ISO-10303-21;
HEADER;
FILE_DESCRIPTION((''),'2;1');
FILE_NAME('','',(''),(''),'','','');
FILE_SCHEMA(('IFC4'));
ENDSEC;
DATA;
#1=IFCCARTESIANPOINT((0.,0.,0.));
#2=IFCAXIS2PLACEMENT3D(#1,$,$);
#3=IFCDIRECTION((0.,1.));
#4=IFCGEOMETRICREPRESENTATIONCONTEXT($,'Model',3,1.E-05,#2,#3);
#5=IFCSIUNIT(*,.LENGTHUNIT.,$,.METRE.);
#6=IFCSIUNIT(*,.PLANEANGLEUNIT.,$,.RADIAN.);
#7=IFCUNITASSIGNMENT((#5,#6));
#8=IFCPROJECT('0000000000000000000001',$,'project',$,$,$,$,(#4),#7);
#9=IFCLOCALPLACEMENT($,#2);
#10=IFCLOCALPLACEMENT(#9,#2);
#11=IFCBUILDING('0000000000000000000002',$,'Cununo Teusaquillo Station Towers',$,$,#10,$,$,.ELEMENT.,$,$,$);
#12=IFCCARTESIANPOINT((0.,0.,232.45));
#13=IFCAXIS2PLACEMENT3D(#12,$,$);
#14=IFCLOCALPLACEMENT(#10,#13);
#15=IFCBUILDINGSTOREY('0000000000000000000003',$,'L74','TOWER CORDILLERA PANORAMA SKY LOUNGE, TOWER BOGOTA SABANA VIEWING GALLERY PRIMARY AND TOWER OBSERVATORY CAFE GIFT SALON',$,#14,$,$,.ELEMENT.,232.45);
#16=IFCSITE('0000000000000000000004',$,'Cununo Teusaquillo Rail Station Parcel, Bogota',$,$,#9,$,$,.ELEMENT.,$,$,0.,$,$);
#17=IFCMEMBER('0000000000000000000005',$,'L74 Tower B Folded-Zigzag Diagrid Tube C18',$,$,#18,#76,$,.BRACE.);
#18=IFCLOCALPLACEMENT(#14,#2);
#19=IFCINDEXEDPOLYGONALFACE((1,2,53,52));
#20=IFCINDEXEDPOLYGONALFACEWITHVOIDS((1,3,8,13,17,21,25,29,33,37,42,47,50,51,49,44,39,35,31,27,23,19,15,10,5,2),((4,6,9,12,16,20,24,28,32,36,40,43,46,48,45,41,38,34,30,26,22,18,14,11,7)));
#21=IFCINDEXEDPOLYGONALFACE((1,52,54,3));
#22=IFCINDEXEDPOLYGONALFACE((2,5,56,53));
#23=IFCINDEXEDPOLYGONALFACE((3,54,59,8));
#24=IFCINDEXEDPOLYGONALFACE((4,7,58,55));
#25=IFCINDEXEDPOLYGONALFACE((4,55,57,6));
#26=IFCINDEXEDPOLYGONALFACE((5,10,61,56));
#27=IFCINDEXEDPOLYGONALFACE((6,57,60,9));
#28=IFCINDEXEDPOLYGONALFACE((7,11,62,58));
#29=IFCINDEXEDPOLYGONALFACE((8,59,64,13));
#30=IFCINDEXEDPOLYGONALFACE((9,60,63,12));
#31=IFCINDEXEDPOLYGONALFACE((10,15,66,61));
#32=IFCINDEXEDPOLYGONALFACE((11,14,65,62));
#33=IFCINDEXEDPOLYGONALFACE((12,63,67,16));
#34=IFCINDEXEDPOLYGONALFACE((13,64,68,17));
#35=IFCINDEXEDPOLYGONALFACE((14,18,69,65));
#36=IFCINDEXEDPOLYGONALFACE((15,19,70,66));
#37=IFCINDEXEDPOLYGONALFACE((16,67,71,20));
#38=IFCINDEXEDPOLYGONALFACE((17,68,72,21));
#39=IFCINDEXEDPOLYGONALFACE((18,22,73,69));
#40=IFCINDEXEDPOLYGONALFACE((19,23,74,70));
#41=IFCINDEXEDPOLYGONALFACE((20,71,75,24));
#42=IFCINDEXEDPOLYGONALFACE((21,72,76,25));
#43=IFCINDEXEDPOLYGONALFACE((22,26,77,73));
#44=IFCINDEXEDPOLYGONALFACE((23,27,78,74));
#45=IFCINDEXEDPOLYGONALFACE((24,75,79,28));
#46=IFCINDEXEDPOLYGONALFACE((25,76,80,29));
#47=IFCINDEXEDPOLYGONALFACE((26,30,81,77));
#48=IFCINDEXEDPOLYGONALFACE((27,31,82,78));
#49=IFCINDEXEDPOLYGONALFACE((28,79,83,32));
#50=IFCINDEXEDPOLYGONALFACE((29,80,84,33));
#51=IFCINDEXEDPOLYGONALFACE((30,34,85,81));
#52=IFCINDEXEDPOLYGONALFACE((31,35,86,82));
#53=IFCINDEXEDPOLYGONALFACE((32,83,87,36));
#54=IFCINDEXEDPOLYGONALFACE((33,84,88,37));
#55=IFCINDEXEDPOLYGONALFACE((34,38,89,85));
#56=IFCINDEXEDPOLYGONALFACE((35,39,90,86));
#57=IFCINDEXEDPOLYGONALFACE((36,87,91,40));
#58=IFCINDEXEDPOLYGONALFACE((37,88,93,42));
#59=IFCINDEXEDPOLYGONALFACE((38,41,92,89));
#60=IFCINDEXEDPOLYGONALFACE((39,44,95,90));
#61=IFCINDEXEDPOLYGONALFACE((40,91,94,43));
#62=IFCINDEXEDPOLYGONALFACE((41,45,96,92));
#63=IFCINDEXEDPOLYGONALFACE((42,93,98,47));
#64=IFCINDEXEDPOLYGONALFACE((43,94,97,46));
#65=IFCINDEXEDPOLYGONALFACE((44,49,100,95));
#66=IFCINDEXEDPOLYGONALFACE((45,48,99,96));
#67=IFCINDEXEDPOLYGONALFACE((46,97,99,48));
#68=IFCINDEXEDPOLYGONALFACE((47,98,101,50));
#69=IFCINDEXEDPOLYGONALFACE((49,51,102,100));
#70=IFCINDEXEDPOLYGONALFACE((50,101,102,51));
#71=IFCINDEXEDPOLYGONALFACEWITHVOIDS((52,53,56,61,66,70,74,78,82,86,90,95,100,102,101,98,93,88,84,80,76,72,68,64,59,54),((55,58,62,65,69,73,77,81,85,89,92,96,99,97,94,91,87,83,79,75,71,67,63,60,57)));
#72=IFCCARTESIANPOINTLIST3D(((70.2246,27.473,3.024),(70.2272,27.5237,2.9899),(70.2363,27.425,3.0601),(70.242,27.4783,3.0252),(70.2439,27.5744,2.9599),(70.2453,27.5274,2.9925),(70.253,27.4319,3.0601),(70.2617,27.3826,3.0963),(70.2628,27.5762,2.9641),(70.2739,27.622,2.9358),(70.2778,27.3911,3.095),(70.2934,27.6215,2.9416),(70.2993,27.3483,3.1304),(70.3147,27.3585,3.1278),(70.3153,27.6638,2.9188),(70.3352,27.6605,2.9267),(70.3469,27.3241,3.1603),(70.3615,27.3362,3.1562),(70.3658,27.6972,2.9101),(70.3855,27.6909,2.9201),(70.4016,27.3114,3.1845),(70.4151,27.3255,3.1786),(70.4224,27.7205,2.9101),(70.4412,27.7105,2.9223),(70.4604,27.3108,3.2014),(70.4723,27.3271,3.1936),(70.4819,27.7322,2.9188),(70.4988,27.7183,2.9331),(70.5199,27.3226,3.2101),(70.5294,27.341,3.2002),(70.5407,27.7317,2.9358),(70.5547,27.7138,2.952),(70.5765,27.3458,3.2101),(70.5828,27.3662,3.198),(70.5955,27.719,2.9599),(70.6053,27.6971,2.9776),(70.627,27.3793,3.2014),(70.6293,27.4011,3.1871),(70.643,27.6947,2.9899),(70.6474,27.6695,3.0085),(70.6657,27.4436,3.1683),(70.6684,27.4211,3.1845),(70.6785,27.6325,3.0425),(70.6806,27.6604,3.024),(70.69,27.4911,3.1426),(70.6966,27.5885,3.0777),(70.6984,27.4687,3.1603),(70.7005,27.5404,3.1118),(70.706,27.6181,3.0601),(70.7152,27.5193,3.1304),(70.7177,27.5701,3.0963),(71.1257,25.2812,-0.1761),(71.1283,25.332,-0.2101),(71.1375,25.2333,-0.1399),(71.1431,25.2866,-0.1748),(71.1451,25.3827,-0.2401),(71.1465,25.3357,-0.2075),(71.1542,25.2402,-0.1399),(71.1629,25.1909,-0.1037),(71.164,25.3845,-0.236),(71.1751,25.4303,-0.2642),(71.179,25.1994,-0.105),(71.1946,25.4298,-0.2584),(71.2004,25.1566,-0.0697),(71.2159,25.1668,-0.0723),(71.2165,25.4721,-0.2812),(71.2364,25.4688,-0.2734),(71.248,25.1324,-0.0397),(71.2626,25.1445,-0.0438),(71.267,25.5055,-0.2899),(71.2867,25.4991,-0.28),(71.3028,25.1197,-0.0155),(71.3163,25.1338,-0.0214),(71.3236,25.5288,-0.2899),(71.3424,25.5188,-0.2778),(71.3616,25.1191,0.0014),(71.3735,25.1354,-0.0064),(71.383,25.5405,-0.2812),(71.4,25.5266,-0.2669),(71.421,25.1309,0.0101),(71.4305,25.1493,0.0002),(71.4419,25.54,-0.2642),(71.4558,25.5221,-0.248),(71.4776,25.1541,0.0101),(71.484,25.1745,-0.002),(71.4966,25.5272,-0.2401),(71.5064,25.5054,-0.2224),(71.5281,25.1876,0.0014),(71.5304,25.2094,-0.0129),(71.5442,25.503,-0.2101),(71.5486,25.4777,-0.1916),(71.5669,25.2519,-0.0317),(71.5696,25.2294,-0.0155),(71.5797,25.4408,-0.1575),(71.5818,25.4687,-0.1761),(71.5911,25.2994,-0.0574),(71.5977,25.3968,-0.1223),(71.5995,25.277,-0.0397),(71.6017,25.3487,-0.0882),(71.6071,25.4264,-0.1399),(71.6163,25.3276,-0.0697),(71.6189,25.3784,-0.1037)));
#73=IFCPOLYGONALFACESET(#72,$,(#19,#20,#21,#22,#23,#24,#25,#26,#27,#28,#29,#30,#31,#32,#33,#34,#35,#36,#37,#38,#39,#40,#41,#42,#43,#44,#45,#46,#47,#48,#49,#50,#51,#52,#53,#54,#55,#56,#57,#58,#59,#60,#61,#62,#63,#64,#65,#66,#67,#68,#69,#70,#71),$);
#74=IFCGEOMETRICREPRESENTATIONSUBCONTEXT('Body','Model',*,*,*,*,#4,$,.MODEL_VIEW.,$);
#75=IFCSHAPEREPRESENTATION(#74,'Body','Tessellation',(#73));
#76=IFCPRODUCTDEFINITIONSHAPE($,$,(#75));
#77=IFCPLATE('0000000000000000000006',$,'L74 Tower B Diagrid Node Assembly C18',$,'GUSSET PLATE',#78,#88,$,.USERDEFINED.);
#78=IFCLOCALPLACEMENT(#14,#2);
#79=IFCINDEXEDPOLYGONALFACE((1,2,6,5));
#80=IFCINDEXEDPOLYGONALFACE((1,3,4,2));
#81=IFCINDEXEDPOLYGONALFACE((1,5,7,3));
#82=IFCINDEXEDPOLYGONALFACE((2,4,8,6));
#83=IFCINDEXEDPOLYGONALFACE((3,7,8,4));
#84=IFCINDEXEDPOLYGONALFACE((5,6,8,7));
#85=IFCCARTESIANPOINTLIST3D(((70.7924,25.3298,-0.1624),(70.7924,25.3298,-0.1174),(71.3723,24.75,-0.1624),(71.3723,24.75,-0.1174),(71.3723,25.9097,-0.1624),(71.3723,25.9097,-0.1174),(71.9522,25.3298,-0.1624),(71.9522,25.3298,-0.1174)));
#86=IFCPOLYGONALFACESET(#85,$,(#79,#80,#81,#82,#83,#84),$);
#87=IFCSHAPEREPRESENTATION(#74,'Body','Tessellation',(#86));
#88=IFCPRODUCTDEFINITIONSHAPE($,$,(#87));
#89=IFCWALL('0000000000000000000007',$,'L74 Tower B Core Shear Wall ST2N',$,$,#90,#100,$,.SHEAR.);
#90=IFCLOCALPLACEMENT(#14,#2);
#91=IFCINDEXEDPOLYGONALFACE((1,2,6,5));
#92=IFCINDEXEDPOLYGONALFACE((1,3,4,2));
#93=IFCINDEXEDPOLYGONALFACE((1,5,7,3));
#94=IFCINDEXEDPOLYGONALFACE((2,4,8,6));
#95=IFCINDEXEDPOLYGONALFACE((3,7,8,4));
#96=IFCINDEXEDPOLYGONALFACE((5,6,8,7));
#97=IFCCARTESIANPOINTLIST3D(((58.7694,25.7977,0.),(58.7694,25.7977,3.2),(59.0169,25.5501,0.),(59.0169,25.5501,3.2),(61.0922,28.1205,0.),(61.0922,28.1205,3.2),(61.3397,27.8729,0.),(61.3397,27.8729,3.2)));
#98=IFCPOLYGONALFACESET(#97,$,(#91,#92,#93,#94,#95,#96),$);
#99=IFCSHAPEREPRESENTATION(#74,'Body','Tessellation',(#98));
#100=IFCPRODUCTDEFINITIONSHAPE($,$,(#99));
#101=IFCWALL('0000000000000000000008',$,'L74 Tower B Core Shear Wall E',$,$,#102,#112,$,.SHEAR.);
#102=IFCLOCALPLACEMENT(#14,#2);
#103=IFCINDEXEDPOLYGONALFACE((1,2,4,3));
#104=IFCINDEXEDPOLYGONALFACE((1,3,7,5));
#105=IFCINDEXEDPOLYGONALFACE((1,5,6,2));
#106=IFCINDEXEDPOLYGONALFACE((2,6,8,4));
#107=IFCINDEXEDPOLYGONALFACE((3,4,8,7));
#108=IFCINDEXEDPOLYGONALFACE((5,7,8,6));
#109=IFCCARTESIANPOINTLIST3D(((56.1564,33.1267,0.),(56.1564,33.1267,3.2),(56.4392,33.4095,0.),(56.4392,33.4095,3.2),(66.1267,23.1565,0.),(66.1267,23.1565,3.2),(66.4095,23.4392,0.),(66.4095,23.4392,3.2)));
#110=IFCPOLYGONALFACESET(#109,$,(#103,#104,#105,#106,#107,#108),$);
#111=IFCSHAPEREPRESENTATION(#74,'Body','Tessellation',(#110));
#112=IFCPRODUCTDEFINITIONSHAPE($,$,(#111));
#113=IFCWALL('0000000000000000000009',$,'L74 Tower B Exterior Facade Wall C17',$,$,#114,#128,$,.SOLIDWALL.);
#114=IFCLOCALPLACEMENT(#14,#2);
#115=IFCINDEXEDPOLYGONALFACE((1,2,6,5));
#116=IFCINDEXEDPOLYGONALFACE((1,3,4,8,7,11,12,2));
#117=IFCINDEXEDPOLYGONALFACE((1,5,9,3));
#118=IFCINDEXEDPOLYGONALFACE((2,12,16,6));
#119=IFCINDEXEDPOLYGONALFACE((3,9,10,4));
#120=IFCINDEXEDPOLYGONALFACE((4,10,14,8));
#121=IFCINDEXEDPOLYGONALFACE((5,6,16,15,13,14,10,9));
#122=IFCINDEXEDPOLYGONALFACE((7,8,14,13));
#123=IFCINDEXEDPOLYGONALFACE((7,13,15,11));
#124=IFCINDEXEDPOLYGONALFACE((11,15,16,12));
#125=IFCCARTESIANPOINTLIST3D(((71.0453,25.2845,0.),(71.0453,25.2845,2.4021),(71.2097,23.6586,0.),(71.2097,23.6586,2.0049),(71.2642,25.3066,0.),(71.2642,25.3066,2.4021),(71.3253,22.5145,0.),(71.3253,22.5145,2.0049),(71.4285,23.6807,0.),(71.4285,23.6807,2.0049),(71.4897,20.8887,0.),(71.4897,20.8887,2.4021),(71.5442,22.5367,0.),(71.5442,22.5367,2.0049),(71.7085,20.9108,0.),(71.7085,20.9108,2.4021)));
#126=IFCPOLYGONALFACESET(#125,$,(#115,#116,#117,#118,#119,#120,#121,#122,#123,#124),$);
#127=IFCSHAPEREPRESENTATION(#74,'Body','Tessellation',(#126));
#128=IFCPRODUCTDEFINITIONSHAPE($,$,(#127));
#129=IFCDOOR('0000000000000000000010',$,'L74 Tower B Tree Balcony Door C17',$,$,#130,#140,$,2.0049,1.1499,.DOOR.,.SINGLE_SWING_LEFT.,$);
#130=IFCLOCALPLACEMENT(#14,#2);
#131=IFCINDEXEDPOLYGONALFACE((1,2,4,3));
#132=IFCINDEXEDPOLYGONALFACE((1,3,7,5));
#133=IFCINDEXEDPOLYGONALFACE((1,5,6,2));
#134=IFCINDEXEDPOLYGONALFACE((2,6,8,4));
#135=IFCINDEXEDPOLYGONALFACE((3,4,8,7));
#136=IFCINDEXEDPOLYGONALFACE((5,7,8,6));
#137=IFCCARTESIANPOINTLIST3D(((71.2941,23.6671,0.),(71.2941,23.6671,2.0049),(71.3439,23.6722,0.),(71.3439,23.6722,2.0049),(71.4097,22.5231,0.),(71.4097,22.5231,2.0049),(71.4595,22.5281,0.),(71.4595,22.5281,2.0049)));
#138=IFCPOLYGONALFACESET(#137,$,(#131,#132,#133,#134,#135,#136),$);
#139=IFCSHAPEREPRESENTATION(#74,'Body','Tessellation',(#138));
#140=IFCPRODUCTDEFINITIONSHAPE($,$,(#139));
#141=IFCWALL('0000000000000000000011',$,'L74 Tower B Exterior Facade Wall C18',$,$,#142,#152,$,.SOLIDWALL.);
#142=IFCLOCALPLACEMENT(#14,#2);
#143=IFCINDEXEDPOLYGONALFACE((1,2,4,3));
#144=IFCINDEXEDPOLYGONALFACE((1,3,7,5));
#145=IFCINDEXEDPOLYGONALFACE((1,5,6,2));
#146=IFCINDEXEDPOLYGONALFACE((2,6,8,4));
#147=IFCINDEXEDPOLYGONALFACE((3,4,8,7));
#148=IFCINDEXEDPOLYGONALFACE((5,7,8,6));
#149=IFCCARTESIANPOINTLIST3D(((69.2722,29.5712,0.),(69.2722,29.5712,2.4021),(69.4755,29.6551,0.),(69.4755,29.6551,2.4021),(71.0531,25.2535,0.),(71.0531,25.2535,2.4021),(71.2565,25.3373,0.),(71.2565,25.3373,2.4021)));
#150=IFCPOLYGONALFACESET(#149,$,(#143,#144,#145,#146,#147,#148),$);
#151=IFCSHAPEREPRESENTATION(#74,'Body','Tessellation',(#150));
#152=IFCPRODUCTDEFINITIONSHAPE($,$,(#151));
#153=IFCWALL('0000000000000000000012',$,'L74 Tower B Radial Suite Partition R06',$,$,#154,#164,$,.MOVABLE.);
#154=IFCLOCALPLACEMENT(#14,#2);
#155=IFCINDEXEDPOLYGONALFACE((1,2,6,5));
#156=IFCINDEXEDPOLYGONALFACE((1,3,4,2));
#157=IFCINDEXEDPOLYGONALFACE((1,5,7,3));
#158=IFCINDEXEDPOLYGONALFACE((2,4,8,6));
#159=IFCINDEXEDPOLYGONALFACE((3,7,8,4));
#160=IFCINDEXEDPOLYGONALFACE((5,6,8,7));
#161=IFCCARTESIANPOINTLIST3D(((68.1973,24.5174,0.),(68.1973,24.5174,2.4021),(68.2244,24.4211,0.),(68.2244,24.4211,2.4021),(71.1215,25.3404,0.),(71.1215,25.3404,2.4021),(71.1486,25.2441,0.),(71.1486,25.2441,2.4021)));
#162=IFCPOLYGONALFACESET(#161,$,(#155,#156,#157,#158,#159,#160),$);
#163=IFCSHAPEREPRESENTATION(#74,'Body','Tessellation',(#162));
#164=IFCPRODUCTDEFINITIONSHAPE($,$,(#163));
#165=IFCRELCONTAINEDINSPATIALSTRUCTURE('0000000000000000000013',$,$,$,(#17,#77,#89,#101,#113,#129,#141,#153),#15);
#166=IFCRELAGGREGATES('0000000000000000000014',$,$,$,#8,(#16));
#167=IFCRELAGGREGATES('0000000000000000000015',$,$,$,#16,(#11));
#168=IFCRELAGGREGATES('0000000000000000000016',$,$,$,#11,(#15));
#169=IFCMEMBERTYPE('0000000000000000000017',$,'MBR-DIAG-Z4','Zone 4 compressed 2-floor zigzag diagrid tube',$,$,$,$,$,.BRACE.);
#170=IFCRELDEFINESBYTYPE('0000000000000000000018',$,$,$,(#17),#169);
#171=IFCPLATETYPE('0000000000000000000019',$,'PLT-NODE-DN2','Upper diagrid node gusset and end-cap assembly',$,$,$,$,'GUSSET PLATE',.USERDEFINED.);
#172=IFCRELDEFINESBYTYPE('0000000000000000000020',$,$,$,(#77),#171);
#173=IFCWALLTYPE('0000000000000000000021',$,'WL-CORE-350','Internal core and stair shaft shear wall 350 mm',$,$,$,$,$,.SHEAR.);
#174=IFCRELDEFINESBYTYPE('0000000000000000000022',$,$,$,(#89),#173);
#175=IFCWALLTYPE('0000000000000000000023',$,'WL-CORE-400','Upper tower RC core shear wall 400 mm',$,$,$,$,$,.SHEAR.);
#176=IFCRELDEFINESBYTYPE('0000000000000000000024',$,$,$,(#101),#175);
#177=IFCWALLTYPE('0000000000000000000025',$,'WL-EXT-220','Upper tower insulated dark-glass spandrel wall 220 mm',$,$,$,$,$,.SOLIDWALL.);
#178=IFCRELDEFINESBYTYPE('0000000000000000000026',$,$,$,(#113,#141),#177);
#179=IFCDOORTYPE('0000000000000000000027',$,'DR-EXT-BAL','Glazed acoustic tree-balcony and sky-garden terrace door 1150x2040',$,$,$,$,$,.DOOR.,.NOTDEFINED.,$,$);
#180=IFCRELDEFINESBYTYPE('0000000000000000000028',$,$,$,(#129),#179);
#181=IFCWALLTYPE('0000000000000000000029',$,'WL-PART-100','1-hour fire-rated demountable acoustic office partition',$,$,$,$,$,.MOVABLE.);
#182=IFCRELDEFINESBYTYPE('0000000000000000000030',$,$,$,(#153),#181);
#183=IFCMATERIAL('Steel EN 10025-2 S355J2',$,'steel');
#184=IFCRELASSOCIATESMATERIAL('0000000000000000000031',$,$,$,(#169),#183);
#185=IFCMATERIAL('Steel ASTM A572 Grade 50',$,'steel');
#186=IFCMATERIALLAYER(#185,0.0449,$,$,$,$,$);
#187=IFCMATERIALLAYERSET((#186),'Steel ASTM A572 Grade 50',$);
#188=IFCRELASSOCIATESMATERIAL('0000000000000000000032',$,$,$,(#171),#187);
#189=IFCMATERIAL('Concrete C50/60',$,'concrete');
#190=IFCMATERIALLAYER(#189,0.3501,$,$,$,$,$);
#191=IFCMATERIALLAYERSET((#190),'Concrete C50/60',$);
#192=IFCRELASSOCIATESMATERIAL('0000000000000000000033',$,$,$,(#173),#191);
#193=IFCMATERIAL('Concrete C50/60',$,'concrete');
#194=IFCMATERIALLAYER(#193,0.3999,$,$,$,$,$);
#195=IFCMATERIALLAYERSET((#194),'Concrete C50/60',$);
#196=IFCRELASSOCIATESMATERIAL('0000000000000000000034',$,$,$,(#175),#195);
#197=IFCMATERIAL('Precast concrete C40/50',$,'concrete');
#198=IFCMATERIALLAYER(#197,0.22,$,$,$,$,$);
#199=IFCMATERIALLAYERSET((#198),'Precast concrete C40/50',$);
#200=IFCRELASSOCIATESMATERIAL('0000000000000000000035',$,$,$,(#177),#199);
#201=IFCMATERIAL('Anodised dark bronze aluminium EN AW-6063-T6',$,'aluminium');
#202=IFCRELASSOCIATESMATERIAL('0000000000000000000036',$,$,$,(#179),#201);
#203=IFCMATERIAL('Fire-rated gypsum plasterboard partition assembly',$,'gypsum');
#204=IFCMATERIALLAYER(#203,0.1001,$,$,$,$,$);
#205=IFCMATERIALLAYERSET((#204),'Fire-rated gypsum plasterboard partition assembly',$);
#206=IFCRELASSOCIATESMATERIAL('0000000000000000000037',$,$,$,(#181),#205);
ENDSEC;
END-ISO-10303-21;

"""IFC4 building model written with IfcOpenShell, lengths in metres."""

from ifc_helpers import new_model, si_unit, direction, frame, frame_2d, origin, origin_2d, place, context, subcontext, project, spatial, rectangle, hollow_circle, extrude, source, transform, mapped, material, layer, layer_set, material_profile, profile_set, type_object, element, fill, save


model = new_model("IFC4")

# Units and contexts
model_context = context("Model", 3, precision=1e-05, world=origin(), true_north=direction((0.0, 1.0)))
body_context = subcontext(model_context, "Body", "Model", "MODEL_VIEW")
ifc_project = project(units=[si_unit("LENGTHUNIT", "METRE"), si_unit("PLANEANGLEUNIT", "RADIAN")], contexts=[model_context])

# Site, building, storey
site_placement = place(None, origin())
site = spatial("IfcSite", under=ifc_project, at=site_placement, Name="Cununo Teusaquillo Rail Station Parcel, Bogota", CompositionType="ELEMENT", RefElevation=0.0)
building_placement = place(site_placement, origin())
building = spatial("IfcBuilding", under=site, at=building_placement, Name="Cununo Teusaquillo Station Towers", CompositionType="ELEMENT")
storey_placement = place(building_placement, frame((0.0, 0.0, 232.45)))
storey = spatial("IfcBuildingStorey", under=building, at=storey_placement, Name="L74", Description="TOWER CORDILLERA PANORAMA SKY LOUNGE, TOWER BOGOTA SABANA VIEWING GALLERY PRIMARY AND TOWER OBSERVATORY CAFE GIFT SALON", CompositionType="ELEMENT", Elevation=232.45)

# Member
ifc_material_1 = material(Name="Steel EN 10025-2 S355J2", Category="steel")
ifc_material_profile_1 = material_profile(ifc_material_1, hollow_circle(Radius=0.2539, WallThickness=0.0181, at=origin_2d()), Name="CHS 508x18")
ifc_profile_set_1 = profile_set([ifc_material_profile_1], Name="Steel EN 10025-2 S355J2")
member_type = type_object("IfcMemberType", Name="MBR-DIAG-Z4", Description="Zone 4 compressed 2-floor zigzag diagrid tube", PredefinedType="BRACE", material=ifc_profile_set_1)
member_placement = place(storey_placement, frame((71.3723, 25.3298, -0.1399), z_axis=(-0.226308, 0.550412, 0.803637), x_axis=(-0.924874, -0.380273, 0.0)))
element("IfcMember", 1, at=member_placement, inside=storey, type_object=member_type, Name="L74 Tower B Folded-Zigzag Diagrid Tube C18", PredefinedType="BRACE", context=body_context, shape_type="SweptSolid", body=[
    extrude(hollow_circle(Radius=0.2539, WallThickness=0.0181, at=origin_2d()), origin(), (0.0, 0.0, 1.0), 3.9819),
])

# Plate
ifc_material_2 = material(Name="Steel ASTM A572 Grade 50", Category="steel")
ifc_layer_1 = layer(ifc_material_2, 0.0449)
ifc_layer_set_1 = layer_set([ifc_layer_1], Name="Steel ASTM A572 Grade 50")
plate_type = type_object("IfcPlateType", Name="PLT-NODE-DN2", Description="Upper diagrid node gusset and end-cap assembly", ElementType="GUSSET PLATE", PredefinedType="USERDEFINED", material=ifc_layer_set_1)
shared_shape_1 = source(origin(), body_context, "Body", "SweptSolid", [
    extrude(rectangle(XDim=0.8201, YDim=0.8201, at=origin_2d()), origin(), (0.0, 0.0, 1.0), 0.0449),
])
plate_placement = place(storey_placement, frame((71.3723, 25.3298, -0.1624), z_axis=(0.0, 0.0, 1.0), x_axis=(0.707107, 0.707107, 0.0)))
element("IfcPlate", 2, at=plate_placement, inside=storey, type_object=plate_type, Name="L74 Tower B Diagrid Node Assembly C18", ObjectType="GUSSET PLATE", PredefinedType="USERDEFINED", context=body_context, shape_type="MappedRepresentation", body=[
    mapped(shared_shape_1, transform((0.0, 0.0, 0.0), x_axis=(1.0, 0.0, 0.0), y_axis=(0.0, 1.0, 0.0), z_axis=(0.0, 0.0, 1.0), scale=1.0)),
])

# Walls
ifc_material_3 = material(Name="Concrete C50/60", Category="concrete")
ifc_layer_2 = layer(ifc_material_3, 0.3501)
ifc_layer_set_2 = layer_set([ifc_layer_2], Name="Concrete C50/60")
wall_type_1 = type_object("IfcWallType", Name="WL-CORE-350", Description="Internal core and stair shaft shear wall 350 mm", PredefinedType="SHEAR", material=ifc_layer_set_2)
wall_1_placement = place(storey_placement, frame((58.8931, 25.6738, 0.0), z_axis=(0.0, 0.0, 1.0), x_axis=(0.707107, 0.707107, 0.0)))
element("IfcWall", 3, at=wall_1_placement, inside=storey, type_object=wall_type_1, Name="L74 Tower B Core Shear Wall ST2N", PredefinedType="SHEAR", context=body_context, shape_type="SweptSolid", body=[
    extrude(rectangle(XDim=3.2849, YDim=0.3501, at=frame_2d((1.6426, 0.0))), origin(), (0.0, 0.0, 1.0), 3.2),
])
ifc_material_4 = material(Name="Concrete C50/60", Category="concrete")
ifc_layer_3 = layer(ifc_material_4, 0.3999)
ifc_layer_set_3 = layer_set([ifc_layer_3], Name="Concrete C50/60")
wall_type_2 = type_object("IfcWallType", Name="WL-CORE-400", Description="Upper tower RC core shear wall 400 mm", PredefinedType="SHEAR", material=ifc_layer_set_3)
wall_2_placement = place(storey_placement, frame((66.2681, 23.2979, 0.0), z_axis=(0.0, 0.0, 1.0), x_axis=(-0.707107, 0.707107, 0.0)))
element("IfcWall", 4, at=wall_2_placement, inside=storey, type_object=wall_type_2, Name="L74 Tower B Core Shear Wall E", PredefinedType="SHEAR", context=body_context, shape_type="SweptSolid", body=[
    extrude(rectangle(XDim=14.1001, YDim=0.3999, at=frame_2d((7.05, 0.0))), origin(), (0.0, 0.0, 1.0), 3.2),
])

# Wall, opening, door
ifc_material_5 = material(Name="Precast concrete C40/50", Category="concrete")
ifc_layer_4 = layer(ifc_material_5, 0.22)
ifc_layer_set_4 = layer_set([ifc_layer_4], Name="Precast concrete C40/50")
wall_type_3 = type_object("IfcWallType", Name="WL-EXT-220", Description="Upper tower insulated dark-glass spandrel wall 220 mm", PredefinedType="SOLIDWALL", material=ifc_layer_set_4)
wall_3_placement = place(storey_placement, frame((71.1548, 25.2954, 0.0), z_axis=(0.0, 0.0, 1.0), x_axis=(0.100571, -0.99493, 0.0)))
wall_3 = element("IfcWall", 5, at=wall_3_placement, inside=storey, type_object=wall_type_3, Name="L74 Tower B Exterior Facade Wall C17", PredefinedType="SOLIDWALL", context=body_context, shape_type="SweptSolid", body=[
    extrude(rectangle(XDim=4.4182, YDim=0.22, at=frame_2d((2.209, 0.0))), origin(), (0.0, 0.0, 1.0), 2.4021),
])
shared_shape_2 = source(origin(), body_context, "Body", "SweptSolid", [
    extrude(rectangle(XDim=1.1499, YDim=2.0049, at=frame_2d((0.575, 1.0024))), frame((0.0, 0.1199, 0.0), z_axis=(0.0, -1.0, 0.0), x_axis=(1.0, 0.0, 0.0)), (0.0, 0.0, 1.0), 0.24),
])
opening_1_placement = place(wall_3_placement, frame((1.634, 0.0, 0.0)))
opening_1 = element("IfcOpeningElement", 6, at=opening_1_placement, cuts=wall_3, PredefinedType="OPENING", context=body_context, shape_type="MappedRepresentation", body=[
    mapped(shared_shape_2, transform((0.0, 0.0, 0.0), x_axis=(1.0, 0.0, 0.0), y_axis=(0.0, 1.0, 0.0), z_axis=(0.0, 0.0, 1.0), scale=1.0)),
])
ifc_material_6 = material(Name="Anodised dark bronze aluminium EN AW-6063-T6", Category="aluminium")
door_type_1 = type_object("IfcDoorType", Name="DR-EXT-BAL", Description="Glazed acoustic tree-balcony and sky-garden terrace door 1150x2040", OperationType="NOTDEFINED", PredefinedType="DOOR", material=ifc_material_6)
shared_shape_3 = source(origin(), body_context, "Body", "SweptSolid", [
    extrude(rectangle(XDim=1.1499, YDim=2.0049, at=frame_2d((0.575, 1.0024))), frame((0.0, 0.0249, 0.0), z_axis=(0.0, -1.0, 0.0), x_axis=(1.0, 0.0, 0.0)), (0.0, 0.0, 1.0), 0.05),
])
door_1_placement = place(opening_1_placement, origin())
door_1 = element("IfcDoor", 7, at=door_1_placement, inside=storey, type_object=door_type_1, Name="L74 Tower B Tree Balcony Door C17", OperationType="SINGLE_SWING_LEFT", OverallHeight=2.0049, OverallWidth=1.1499, PredefinedType="DOOR", context=body_context, shape_type="MappedRepresentation", body=[
    mapped(shared_shape_3, transform((0.0, 0.0, 0.0), x_axis=(1.0, 0.0, 0.0), y_axis=(0.0, 1.0, 0.0), z_axis=(0.0, 0.0, 1.0), scale=1.0)),
])
fill(opening_1, door_1)

# Walls
wall_4_placement = place(storey_placement, frame((69.3738, 29.6133, 0.0), z_axis=(0.0, 0.0, 1.0), x_axis=(0.38131, -0.924447, 0.0)))
element("IfcWall", 8, at=wall_4_placement, inside=storey, type_object=wall_type_3, Name="L74 Tower B Exterior Facade Wall C18", PredefinedType="SOLIDWALL", context=body_context, shape_type="SweptSolid", body=[
    extrude(rectangle(XDim=4.6707, YDim=0.22, at=frame_2d((2.3354, 0.0))), origin(), (0.0, 0.0, 1.0), 2.4021),
])
ifc_material_7 = material(Name="Fire-rated gypsum plasterboard partition assembly", Category="gypsum")
ifc_layer_5 = layer(ifc_material_7, 0.1001)
ifc_layer_set_5 = layer_set([ifc_layer_5], Name="Fire-rated gypsum plasterboard partition assembly")
wall_type_4 = type_object("IfcWallType", Name="WL-PART-100", Description="1-hour fire-rated demountable acoustic office partition", PredefinedType="MOVABLE", material=ifc_layer_set_5)
wall_5_placement = place(storey_placement, frame((68.2107, 24.4692, 0.0), z_axis=(0.0, 0.0, 1.0), x_axis=(0.962605, 0.270908, 0.0)))
element("IfcWall", 9, at=wall_5_placement, inside=storey, type_object=wall_type_4, Name="L74 Tower B Radial Suite Partition R06", PredefinedType="MOVABLE", context=body_context, shape_type="SweptSolid", body=[
    extrude(rectangle(XDim=3.0378, YDim=0.1001, at=frame_2d((1.519, 0.0))), origin(), (0.0, 0.0, 1.0), 2.4021),
])

save(model, "model.ifc")
